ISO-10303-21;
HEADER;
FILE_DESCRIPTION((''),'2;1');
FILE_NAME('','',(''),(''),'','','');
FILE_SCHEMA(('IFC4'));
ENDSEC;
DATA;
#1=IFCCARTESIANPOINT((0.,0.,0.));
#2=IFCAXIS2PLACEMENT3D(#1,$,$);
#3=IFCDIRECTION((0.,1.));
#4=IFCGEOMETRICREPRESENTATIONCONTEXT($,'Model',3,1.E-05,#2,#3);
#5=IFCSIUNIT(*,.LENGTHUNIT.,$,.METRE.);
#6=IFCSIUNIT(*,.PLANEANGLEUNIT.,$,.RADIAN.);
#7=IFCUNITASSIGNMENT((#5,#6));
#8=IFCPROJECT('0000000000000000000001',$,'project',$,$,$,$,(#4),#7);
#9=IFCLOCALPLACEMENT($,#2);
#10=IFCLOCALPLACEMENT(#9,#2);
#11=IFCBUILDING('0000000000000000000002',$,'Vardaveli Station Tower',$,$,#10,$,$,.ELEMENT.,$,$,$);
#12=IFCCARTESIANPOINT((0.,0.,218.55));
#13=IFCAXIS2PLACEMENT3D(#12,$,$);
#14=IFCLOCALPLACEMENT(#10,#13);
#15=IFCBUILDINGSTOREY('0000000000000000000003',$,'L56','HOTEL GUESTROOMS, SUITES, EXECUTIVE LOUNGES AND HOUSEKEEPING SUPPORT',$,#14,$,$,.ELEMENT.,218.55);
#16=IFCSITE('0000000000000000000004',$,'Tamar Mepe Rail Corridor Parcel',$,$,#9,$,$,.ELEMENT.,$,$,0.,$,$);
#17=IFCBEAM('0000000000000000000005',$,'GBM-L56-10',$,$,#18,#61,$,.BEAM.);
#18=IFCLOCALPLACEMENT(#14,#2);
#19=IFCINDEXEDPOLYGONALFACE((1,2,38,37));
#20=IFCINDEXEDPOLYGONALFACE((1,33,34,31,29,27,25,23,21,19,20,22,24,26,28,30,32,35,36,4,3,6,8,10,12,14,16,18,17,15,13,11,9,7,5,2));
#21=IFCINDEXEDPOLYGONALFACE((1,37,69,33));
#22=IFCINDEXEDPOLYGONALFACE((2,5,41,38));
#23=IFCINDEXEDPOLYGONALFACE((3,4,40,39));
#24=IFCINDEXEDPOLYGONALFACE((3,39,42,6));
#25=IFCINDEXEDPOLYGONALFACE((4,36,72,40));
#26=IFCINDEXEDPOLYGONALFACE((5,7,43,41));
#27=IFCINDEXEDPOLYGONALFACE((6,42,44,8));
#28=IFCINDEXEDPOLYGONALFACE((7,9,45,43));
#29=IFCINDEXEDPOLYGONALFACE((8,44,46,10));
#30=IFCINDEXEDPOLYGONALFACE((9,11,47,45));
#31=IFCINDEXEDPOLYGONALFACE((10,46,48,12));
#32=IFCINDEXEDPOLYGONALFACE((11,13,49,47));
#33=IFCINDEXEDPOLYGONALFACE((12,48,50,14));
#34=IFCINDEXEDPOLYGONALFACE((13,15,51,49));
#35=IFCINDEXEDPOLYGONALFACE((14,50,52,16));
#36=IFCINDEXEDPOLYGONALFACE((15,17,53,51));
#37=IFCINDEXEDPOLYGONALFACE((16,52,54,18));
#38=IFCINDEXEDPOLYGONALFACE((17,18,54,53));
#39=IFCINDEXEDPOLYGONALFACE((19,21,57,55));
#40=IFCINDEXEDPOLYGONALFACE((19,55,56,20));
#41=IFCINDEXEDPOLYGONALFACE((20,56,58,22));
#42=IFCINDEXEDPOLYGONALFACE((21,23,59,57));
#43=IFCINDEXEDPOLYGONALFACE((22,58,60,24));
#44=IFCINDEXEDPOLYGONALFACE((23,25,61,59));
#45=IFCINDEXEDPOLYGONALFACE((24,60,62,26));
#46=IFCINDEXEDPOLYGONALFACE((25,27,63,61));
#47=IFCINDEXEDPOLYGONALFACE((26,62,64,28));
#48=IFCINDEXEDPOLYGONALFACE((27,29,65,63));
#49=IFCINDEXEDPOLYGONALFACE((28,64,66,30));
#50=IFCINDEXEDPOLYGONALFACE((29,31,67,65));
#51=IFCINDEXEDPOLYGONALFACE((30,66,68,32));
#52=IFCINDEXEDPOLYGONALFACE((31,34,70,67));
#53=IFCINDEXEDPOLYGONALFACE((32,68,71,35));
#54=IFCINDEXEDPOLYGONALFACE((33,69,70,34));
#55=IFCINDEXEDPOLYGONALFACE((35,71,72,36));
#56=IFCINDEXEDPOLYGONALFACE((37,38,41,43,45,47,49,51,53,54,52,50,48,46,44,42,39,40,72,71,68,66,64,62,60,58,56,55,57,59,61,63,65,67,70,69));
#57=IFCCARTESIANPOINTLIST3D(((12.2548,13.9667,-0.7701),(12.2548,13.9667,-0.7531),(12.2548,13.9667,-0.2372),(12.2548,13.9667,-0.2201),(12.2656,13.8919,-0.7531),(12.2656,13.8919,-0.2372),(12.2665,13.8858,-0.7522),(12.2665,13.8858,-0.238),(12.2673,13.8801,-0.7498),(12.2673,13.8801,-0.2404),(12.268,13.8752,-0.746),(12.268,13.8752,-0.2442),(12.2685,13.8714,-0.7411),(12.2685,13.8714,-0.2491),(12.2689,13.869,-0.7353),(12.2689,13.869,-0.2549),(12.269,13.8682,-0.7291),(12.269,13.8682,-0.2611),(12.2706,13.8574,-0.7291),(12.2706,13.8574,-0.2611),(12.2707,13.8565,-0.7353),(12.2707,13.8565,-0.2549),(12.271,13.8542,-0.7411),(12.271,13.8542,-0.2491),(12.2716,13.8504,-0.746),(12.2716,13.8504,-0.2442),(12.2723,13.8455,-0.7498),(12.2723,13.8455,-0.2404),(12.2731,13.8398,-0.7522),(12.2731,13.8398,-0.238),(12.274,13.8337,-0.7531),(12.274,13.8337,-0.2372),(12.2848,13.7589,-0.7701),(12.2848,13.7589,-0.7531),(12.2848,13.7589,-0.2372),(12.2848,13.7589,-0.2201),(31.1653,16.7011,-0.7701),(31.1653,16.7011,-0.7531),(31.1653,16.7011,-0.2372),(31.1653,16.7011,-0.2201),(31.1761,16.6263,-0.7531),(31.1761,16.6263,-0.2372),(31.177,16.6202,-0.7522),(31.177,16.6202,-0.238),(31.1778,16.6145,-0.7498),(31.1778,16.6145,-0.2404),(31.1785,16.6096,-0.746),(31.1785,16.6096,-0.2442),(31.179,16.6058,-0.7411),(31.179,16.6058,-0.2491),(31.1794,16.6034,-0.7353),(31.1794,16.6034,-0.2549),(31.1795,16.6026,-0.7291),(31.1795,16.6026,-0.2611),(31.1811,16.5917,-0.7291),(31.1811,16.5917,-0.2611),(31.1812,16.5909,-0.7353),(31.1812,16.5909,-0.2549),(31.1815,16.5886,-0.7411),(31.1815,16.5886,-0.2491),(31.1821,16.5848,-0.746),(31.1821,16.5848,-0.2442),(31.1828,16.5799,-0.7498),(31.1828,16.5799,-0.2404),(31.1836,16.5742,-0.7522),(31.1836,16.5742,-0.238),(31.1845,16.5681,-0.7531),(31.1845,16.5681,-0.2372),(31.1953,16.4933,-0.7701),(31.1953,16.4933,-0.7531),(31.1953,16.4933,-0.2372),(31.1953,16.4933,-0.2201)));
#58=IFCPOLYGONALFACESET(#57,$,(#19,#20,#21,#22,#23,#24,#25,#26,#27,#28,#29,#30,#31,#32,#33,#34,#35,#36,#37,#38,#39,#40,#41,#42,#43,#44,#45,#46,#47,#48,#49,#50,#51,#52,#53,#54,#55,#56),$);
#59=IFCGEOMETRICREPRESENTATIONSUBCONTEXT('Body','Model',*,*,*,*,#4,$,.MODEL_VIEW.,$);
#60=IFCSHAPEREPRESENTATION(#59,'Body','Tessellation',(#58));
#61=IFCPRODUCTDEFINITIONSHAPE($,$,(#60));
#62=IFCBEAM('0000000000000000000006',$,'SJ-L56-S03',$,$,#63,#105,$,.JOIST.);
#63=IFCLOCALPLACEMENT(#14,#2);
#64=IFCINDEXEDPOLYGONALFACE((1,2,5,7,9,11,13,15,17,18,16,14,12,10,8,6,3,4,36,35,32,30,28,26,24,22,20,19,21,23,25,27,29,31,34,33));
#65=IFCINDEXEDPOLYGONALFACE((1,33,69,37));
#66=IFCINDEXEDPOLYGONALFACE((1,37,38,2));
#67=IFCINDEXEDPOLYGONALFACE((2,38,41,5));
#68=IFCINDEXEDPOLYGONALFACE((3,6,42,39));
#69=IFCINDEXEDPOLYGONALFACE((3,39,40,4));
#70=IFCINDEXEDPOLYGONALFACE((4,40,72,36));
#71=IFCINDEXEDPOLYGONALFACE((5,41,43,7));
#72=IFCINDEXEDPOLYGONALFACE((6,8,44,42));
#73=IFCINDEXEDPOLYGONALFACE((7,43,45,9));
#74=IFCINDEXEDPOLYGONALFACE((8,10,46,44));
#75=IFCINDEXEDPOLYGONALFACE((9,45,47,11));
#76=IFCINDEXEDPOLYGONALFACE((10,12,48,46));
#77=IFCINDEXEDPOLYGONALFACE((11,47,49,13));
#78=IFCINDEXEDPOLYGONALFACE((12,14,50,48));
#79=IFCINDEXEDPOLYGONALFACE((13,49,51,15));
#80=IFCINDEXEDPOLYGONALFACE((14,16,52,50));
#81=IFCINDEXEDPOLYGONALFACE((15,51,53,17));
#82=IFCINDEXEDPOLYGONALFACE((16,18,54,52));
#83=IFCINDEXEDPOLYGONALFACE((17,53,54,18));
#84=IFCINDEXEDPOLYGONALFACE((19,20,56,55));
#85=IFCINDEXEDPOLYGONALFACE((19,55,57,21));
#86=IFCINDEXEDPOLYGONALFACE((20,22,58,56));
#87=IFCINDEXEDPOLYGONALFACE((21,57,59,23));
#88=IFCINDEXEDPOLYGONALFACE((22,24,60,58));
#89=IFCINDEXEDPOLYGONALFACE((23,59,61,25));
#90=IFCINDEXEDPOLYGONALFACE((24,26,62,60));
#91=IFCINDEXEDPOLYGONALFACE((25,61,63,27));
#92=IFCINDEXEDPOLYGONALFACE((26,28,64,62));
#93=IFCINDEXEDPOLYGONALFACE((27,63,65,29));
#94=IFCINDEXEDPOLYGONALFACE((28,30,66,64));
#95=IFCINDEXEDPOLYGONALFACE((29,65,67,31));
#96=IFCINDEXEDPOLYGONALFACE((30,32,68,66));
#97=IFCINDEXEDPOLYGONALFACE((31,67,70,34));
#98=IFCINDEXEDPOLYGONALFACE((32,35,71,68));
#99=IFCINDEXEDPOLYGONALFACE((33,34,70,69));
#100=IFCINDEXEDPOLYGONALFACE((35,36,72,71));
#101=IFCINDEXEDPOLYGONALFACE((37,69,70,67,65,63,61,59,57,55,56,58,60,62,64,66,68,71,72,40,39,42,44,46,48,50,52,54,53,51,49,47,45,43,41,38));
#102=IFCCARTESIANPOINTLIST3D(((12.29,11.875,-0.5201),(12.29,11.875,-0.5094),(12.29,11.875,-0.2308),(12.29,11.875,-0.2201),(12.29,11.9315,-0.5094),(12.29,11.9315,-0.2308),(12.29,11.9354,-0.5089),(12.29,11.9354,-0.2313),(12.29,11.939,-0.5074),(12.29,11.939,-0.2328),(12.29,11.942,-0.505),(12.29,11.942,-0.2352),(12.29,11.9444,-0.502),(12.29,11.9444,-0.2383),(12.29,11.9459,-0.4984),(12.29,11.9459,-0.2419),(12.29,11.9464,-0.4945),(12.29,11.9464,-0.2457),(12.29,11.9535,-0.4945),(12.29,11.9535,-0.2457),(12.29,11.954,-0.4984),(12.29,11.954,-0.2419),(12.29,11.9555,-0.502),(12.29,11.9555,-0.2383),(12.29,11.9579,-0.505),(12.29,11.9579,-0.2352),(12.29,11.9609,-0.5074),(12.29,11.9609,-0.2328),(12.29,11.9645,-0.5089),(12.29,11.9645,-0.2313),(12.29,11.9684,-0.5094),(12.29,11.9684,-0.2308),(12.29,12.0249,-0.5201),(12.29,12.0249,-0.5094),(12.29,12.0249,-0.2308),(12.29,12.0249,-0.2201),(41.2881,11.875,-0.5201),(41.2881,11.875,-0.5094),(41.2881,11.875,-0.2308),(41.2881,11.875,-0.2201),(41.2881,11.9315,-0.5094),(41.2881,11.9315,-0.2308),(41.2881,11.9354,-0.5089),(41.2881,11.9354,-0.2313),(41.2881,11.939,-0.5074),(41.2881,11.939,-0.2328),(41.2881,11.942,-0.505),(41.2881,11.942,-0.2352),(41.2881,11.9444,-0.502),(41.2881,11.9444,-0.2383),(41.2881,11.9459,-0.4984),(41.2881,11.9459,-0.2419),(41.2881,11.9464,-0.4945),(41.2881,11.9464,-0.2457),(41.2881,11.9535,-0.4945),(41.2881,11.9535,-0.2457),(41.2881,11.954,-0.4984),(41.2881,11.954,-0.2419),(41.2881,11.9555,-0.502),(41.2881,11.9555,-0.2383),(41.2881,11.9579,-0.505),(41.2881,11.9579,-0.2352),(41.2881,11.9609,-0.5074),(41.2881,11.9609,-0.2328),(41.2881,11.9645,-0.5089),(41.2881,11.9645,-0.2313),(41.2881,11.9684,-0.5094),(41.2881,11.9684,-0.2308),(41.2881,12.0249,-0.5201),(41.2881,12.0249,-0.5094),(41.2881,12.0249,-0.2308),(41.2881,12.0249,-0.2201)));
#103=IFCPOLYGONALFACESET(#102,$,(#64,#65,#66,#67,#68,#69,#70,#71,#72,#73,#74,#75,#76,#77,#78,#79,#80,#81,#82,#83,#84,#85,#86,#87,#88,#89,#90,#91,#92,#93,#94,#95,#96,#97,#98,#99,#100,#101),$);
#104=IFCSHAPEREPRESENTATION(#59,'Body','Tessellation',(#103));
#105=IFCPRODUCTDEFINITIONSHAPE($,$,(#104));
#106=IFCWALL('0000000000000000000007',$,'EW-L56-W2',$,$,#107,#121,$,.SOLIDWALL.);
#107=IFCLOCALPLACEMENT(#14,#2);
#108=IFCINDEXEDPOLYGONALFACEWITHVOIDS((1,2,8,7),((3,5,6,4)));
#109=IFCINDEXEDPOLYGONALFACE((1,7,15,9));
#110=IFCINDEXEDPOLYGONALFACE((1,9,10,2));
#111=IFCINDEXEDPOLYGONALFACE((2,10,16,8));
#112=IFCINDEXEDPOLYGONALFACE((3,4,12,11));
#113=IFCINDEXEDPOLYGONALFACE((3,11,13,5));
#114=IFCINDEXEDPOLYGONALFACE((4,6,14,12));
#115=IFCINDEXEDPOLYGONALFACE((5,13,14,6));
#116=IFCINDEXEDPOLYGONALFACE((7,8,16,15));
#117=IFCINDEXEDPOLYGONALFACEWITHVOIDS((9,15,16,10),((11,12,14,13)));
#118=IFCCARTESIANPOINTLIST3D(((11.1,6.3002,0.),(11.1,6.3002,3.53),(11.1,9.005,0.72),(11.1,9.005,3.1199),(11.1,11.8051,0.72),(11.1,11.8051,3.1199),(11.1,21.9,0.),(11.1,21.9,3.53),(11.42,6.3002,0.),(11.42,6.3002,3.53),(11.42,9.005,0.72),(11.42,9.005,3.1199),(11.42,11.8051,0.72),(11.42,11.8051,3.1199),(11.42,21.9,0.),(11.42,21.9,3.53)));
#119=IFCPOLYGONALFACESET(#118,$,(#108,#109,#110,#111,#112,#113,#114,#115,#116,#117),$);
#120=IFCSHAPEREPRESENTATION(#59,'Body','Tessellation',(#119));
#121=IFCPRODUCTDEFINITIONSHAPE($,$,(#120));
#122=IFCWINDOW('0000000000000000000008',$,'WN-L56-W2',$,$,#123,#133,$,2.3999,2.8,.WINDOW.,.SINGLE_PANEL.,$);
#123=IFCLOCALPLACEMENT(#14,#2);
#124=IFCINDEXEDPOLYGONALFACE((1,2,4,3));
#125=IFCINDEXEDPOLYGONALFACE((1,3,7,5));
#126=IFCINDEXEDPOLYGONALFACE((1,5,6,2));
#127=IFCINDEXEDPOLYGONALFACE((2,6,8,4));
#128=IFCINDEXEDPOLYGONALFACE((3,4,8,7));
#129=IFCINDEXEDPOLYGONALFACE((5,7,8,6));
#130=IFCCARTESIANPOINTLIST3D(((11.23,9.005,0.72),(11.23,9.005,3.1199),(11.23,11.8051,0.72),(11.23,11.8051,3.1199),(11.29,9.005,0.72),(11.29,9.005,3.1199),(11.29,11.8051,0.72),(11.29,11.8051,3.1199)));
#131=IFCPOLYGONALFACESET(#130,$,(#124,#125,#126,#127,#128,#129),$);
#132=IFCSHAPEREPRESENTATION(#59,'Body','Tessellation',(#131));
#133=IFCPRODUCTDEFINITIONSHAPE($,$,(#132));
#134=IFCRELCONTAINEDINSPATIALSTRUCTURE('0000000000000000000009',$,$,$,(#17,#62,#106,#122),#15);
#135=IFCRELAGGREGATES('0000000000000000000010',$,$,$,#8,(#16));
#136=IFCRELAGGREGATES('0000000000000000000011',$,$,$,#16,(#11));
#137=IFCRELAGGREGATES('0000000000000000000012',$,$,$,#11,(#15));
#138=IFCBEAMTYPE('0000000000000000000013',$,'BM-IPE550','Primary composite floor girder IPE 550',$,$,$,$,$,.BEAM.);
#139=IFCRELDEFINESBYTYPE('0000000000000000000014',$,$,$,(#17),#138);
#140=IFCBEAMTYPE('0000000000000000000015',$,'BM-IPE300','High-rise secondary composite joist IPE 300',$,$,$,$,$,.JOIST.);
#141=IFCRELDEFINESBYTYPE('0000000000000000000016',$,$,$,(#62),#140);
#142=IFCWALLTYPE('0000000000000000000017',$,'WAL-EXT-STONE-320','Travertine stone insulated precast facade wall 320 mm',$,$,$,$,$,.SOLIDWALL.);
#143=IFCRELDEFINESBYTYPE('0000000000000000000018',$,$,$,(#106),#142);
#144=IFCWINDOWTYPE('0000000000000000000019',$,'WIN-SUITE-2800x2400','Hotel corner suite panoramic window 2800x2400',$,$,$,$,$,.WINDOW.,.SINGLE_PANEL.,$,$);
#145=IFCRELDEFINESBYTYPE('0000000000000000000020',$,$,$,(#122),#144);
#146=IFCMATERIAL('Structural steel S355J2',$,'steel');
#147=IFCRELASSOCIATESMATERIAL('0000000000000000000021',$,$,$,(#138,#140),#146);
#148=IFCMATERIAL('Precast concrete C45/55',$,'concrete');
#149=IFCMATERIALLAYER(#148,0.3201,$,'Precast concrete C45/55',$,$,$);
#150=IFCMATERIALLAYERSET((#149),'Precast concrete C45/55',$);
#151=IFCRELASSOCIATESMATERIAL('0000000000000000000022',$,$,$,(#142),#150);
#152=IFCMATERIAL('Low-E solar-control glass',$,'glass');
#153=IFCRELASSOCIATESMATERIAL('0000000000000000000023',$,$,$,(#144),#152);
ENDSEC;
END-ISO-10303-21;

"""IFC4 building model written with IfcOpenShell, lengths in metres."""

from ifc_helpers import new_model, si_unit, direction, frame, frame_2d, origin, origin_2d, place, context, subcontext, project, spatial, rectangle, i_section, extrude, source, transform, mapped, material, layer, layer_set, material_profile, profile_set, type_object, element, fill, save


model = new_model("IFC4")

# Units and contexts
model_context = context("Model", 3, precision=1e-05, world=origin(), true_north=direction((0.0, 1.0)))
body_context = subcontext(model_context, "Body", "Model", "MODEL_VIEW")
ifc_project = project(units=[si_unit("LENGTHUNIT", "METRE"), si_unit("PLANEANGLEUNIT", "RADIAN")], contexts=[model_context])

# Site, building, storey
site_placement = place(None, origin())
site = spatial("IfcSite", under=ifc_project, at=site_placement, Name="Tamar Mepe Rail Corridor Parcel", CompositionType="ELEMENT", RefElevation=0.0)
building_placement = place(site_placement, origin())
building = spatial("IfcBuilding", under=site, at=building_placement, Name="Vardaveli Station Tower", CompositionType="ELEMENT")
storey_placement = place(building_placement, frame((0.0, 0.0, 218.55)))
storey = spatial("IfcBuildingStorey", under=building, at=storey_placement, Name="L56", Description="HOTEL GUESTROOMS, SUITES, EXECUTIVE LOUNGES AND HOUSEKEEPING SUPPORT", CompositionType="ELEMENT", Elevation=218.55)

# Beams
ifc_material_1 = material(Name="Precast concrete C45/55", Category="concrete")
ifc_material_2 = material(Name="Structural steel S355J2", Category="steel")
ifc_material_profile_1 = material_profile(ifc_material_2, i_section(OverallWidth=0.21, OverallDepth=0.55, WebThickness=0.011, FlangeThickness=0.0171, FilletRadius=0.0239, at=origin_2d()), Name="IPE 550")
ifc_profile_set_1 = profile_set([ifc_material_profile_1], Name="Structural steel S355J2")
beam_type_1 = type_object("IfcBeamType", Name="BM-IPE550", Description="Primary composite floor girder IPE 550", PredefinedType="BEAM", material=ifc_profile_set_1)
shared_shape_1 = source(origin(), body_context, "Body", "SweptSolid", [
    extrude(i_section(OverallWidth=0.21, OverallDepth=0.55, WebThickness=0.011, FlangeThickness=0.0171, FilletRadius=0.0239, at=origin_2d()), origin(), (0.0, 0.0, 1.0), 19.1072),
])
beam_1_placement = place(storey_placement, frame((12.2698, 13.8628, -0.4951), z_axis=(0.989707, 0.143108, 0.0), x_axis=(-0.143108, 0.989707, 0.0)))
element("IfcBeam", 1, at=beam_1_placement, inside=storey, type_object=beam_type_1, Name="GBM-L56-10", PredefinedType="BEAM", context=body_context, shape_type="MappedRepresentation", body=[
    mapped(shared_shape_1, transform((0.0, 0.0, 0.0), scale=1.0)),
])
ifc_material_profile_2 = material_profile(ifc_material_2, i_section(OverallWidth=0.1499, OverallDepth=0.3, WebThickness=0.0071, FlangeThickness=0.0107, FilletRadius=0.0149, at=origin_2d()), Name="IPE 300")
ifc_profile_set_2 = profile_set([ifc_material_profile_2], Name="Structural steel S355J2")
beam_type_2 = type_object("IfcBeamType", Name="BM-IPE300", Description="High-rise secondary composite joist IPE 300", PredefinedType="JOIST", material=ifc_profile_set_2)
shared_shape_2 = source(origin(), body_context, "Body", "SweptSolid", [
    extrude(i_section(OverallWidth=0.1499, OverallDepth=0.3, WebThickness=0.0071, FlangeThickness=0.0107, FilletRadius=0.0149, at=origin_2d()), origin(), (0.0, 0.0, 1.0), 28.998),
])
beam_2_placement = place(storey_placement, frame((12.29, 11.95, -0.3701), z_axis=(1.0, 0.0, 0.0), x_axis=(0.0, 1.0, 0.0)))
element("IfcBeam", 2, at=beam_2_placement, inside=storey, type_object=beam_type_2, Name="SJ-L56-S03", PredefinedType="JOIST", context=body_context, shape_type="MappedRepresentation", body=[
    mapped(shared_shape_2, transform((0.0, 0.0, 0.0), scale=1.0)),
])

# Wall, opening, window
ifc_layer_1 = layer(ifc_material_1, 0.3201, Name="Precast concrete C45/55")
ifc_layer_set_1 = layer_set([ifc_layer_1], Name="Precast concrete C45/55")
wall_type_1 = type_object("IfcWallType", Name="WAL-EXT-STONE-320", Description="Travertine stone insulated precast facade wall 320 mm", PredefinedType="SOLIDWALL", material=ifc_layer_set_1)
shared_shape_3 = source(origin(), body_context, "Body", "SweptSolid", [
    extrude(rectangle(XDim=15.5999, YDim=0.3201, at=frame_2d((7.7998, 0.0))), origin(), (0.0, 0.0, 1.0), 3.53),
])
wall_1_placement = place(storey_placement, frame((11.26, 21.8999, 0.0), z_axis=(0.0, 0.0, 1.0), x_axis=(0.0, -1.0, 0.0)))
wall_1 = element("IfcWall", 3, at=wall_1_placement, inside=storey, type_object=wall_type_1, Name="EW-L56-W2", PredefinedType="SOLIDWALL", context=body_context, shape_type="MappedRepresentation", body=[
    mapped(shared_shape_3, transform((0.0, 0.0, 0.0), scale=1.0)),
])
shared_shape_4 = source(origin(), body_context, "Body", "SweptSolid", [
    extrude(rectangle(XDim=2.8, YDim=2.3999, at=frame_2d((1.3999, 1.2))), frame((0.0, 0.1699, 0.0), z_axis=(0.0, -1.0, 0.0), x_axis=(1.0, 0.0, 0.0)), (0.0, 0.0, 1.0), 0.3401),
])
opening_1_placement = place(wall_1_placement, frame((10.095, 0.0, 0.72)))
opening_1 = element("IfcOpeningElement", 4, at=opening_1_placement, cuts=wall_1, PredefinedType="OPENING", context=body_context, shape_type="MappedRepresentation", body=[
    mapped(shared_shape_4, transform((0.0, 0.0, 0.0), scale=1.0)),
])
ifc_material_3 = material(Name="Low-E solar-control glass", Category="glass")
window_type = type_object("IfcWindowType", Name="WIN-SUITE-2800x2400", Description="Hotel corner suite panoramic window 2800x2400", PartitioningType="SINGLE_PANEL", PredefinedType="WINDOW", material=ifc_material_3)
shared_shape_5 = source(origin(), body_context, "Body", "SweptSolid", [
    extrude(rectangle(XDim=2.8, YDim=2.3999, at=frame_2d((1.3999, 1.2))), frame((0.0, 0.03, 0.0), z_axis=(0.0, -1.0, 0.0), x_axis=(1.0, 0.0, 0.0)), (0.0, 0.0, 1.0), 0.0601),
])
window_placement = place(opening_1_placement, origin())
window = element("IfcWindow", 5, at=window_placement, inside=storey, type_object=window_type, Name="WN-L56-W2", OverallHeight=2.3999, OverallWidth=2.8, PartitioningType="SINGLE_PANEL", PredefinedType="WINDOW", context=body_context, shape_type="MappedRepresentation", body=[
    mapped(shared_shape_5, transform((0.0, 0.0, 0.0), scale=1.0)),
])
fill(opening_1, window)

save(model, "model.ifc")
